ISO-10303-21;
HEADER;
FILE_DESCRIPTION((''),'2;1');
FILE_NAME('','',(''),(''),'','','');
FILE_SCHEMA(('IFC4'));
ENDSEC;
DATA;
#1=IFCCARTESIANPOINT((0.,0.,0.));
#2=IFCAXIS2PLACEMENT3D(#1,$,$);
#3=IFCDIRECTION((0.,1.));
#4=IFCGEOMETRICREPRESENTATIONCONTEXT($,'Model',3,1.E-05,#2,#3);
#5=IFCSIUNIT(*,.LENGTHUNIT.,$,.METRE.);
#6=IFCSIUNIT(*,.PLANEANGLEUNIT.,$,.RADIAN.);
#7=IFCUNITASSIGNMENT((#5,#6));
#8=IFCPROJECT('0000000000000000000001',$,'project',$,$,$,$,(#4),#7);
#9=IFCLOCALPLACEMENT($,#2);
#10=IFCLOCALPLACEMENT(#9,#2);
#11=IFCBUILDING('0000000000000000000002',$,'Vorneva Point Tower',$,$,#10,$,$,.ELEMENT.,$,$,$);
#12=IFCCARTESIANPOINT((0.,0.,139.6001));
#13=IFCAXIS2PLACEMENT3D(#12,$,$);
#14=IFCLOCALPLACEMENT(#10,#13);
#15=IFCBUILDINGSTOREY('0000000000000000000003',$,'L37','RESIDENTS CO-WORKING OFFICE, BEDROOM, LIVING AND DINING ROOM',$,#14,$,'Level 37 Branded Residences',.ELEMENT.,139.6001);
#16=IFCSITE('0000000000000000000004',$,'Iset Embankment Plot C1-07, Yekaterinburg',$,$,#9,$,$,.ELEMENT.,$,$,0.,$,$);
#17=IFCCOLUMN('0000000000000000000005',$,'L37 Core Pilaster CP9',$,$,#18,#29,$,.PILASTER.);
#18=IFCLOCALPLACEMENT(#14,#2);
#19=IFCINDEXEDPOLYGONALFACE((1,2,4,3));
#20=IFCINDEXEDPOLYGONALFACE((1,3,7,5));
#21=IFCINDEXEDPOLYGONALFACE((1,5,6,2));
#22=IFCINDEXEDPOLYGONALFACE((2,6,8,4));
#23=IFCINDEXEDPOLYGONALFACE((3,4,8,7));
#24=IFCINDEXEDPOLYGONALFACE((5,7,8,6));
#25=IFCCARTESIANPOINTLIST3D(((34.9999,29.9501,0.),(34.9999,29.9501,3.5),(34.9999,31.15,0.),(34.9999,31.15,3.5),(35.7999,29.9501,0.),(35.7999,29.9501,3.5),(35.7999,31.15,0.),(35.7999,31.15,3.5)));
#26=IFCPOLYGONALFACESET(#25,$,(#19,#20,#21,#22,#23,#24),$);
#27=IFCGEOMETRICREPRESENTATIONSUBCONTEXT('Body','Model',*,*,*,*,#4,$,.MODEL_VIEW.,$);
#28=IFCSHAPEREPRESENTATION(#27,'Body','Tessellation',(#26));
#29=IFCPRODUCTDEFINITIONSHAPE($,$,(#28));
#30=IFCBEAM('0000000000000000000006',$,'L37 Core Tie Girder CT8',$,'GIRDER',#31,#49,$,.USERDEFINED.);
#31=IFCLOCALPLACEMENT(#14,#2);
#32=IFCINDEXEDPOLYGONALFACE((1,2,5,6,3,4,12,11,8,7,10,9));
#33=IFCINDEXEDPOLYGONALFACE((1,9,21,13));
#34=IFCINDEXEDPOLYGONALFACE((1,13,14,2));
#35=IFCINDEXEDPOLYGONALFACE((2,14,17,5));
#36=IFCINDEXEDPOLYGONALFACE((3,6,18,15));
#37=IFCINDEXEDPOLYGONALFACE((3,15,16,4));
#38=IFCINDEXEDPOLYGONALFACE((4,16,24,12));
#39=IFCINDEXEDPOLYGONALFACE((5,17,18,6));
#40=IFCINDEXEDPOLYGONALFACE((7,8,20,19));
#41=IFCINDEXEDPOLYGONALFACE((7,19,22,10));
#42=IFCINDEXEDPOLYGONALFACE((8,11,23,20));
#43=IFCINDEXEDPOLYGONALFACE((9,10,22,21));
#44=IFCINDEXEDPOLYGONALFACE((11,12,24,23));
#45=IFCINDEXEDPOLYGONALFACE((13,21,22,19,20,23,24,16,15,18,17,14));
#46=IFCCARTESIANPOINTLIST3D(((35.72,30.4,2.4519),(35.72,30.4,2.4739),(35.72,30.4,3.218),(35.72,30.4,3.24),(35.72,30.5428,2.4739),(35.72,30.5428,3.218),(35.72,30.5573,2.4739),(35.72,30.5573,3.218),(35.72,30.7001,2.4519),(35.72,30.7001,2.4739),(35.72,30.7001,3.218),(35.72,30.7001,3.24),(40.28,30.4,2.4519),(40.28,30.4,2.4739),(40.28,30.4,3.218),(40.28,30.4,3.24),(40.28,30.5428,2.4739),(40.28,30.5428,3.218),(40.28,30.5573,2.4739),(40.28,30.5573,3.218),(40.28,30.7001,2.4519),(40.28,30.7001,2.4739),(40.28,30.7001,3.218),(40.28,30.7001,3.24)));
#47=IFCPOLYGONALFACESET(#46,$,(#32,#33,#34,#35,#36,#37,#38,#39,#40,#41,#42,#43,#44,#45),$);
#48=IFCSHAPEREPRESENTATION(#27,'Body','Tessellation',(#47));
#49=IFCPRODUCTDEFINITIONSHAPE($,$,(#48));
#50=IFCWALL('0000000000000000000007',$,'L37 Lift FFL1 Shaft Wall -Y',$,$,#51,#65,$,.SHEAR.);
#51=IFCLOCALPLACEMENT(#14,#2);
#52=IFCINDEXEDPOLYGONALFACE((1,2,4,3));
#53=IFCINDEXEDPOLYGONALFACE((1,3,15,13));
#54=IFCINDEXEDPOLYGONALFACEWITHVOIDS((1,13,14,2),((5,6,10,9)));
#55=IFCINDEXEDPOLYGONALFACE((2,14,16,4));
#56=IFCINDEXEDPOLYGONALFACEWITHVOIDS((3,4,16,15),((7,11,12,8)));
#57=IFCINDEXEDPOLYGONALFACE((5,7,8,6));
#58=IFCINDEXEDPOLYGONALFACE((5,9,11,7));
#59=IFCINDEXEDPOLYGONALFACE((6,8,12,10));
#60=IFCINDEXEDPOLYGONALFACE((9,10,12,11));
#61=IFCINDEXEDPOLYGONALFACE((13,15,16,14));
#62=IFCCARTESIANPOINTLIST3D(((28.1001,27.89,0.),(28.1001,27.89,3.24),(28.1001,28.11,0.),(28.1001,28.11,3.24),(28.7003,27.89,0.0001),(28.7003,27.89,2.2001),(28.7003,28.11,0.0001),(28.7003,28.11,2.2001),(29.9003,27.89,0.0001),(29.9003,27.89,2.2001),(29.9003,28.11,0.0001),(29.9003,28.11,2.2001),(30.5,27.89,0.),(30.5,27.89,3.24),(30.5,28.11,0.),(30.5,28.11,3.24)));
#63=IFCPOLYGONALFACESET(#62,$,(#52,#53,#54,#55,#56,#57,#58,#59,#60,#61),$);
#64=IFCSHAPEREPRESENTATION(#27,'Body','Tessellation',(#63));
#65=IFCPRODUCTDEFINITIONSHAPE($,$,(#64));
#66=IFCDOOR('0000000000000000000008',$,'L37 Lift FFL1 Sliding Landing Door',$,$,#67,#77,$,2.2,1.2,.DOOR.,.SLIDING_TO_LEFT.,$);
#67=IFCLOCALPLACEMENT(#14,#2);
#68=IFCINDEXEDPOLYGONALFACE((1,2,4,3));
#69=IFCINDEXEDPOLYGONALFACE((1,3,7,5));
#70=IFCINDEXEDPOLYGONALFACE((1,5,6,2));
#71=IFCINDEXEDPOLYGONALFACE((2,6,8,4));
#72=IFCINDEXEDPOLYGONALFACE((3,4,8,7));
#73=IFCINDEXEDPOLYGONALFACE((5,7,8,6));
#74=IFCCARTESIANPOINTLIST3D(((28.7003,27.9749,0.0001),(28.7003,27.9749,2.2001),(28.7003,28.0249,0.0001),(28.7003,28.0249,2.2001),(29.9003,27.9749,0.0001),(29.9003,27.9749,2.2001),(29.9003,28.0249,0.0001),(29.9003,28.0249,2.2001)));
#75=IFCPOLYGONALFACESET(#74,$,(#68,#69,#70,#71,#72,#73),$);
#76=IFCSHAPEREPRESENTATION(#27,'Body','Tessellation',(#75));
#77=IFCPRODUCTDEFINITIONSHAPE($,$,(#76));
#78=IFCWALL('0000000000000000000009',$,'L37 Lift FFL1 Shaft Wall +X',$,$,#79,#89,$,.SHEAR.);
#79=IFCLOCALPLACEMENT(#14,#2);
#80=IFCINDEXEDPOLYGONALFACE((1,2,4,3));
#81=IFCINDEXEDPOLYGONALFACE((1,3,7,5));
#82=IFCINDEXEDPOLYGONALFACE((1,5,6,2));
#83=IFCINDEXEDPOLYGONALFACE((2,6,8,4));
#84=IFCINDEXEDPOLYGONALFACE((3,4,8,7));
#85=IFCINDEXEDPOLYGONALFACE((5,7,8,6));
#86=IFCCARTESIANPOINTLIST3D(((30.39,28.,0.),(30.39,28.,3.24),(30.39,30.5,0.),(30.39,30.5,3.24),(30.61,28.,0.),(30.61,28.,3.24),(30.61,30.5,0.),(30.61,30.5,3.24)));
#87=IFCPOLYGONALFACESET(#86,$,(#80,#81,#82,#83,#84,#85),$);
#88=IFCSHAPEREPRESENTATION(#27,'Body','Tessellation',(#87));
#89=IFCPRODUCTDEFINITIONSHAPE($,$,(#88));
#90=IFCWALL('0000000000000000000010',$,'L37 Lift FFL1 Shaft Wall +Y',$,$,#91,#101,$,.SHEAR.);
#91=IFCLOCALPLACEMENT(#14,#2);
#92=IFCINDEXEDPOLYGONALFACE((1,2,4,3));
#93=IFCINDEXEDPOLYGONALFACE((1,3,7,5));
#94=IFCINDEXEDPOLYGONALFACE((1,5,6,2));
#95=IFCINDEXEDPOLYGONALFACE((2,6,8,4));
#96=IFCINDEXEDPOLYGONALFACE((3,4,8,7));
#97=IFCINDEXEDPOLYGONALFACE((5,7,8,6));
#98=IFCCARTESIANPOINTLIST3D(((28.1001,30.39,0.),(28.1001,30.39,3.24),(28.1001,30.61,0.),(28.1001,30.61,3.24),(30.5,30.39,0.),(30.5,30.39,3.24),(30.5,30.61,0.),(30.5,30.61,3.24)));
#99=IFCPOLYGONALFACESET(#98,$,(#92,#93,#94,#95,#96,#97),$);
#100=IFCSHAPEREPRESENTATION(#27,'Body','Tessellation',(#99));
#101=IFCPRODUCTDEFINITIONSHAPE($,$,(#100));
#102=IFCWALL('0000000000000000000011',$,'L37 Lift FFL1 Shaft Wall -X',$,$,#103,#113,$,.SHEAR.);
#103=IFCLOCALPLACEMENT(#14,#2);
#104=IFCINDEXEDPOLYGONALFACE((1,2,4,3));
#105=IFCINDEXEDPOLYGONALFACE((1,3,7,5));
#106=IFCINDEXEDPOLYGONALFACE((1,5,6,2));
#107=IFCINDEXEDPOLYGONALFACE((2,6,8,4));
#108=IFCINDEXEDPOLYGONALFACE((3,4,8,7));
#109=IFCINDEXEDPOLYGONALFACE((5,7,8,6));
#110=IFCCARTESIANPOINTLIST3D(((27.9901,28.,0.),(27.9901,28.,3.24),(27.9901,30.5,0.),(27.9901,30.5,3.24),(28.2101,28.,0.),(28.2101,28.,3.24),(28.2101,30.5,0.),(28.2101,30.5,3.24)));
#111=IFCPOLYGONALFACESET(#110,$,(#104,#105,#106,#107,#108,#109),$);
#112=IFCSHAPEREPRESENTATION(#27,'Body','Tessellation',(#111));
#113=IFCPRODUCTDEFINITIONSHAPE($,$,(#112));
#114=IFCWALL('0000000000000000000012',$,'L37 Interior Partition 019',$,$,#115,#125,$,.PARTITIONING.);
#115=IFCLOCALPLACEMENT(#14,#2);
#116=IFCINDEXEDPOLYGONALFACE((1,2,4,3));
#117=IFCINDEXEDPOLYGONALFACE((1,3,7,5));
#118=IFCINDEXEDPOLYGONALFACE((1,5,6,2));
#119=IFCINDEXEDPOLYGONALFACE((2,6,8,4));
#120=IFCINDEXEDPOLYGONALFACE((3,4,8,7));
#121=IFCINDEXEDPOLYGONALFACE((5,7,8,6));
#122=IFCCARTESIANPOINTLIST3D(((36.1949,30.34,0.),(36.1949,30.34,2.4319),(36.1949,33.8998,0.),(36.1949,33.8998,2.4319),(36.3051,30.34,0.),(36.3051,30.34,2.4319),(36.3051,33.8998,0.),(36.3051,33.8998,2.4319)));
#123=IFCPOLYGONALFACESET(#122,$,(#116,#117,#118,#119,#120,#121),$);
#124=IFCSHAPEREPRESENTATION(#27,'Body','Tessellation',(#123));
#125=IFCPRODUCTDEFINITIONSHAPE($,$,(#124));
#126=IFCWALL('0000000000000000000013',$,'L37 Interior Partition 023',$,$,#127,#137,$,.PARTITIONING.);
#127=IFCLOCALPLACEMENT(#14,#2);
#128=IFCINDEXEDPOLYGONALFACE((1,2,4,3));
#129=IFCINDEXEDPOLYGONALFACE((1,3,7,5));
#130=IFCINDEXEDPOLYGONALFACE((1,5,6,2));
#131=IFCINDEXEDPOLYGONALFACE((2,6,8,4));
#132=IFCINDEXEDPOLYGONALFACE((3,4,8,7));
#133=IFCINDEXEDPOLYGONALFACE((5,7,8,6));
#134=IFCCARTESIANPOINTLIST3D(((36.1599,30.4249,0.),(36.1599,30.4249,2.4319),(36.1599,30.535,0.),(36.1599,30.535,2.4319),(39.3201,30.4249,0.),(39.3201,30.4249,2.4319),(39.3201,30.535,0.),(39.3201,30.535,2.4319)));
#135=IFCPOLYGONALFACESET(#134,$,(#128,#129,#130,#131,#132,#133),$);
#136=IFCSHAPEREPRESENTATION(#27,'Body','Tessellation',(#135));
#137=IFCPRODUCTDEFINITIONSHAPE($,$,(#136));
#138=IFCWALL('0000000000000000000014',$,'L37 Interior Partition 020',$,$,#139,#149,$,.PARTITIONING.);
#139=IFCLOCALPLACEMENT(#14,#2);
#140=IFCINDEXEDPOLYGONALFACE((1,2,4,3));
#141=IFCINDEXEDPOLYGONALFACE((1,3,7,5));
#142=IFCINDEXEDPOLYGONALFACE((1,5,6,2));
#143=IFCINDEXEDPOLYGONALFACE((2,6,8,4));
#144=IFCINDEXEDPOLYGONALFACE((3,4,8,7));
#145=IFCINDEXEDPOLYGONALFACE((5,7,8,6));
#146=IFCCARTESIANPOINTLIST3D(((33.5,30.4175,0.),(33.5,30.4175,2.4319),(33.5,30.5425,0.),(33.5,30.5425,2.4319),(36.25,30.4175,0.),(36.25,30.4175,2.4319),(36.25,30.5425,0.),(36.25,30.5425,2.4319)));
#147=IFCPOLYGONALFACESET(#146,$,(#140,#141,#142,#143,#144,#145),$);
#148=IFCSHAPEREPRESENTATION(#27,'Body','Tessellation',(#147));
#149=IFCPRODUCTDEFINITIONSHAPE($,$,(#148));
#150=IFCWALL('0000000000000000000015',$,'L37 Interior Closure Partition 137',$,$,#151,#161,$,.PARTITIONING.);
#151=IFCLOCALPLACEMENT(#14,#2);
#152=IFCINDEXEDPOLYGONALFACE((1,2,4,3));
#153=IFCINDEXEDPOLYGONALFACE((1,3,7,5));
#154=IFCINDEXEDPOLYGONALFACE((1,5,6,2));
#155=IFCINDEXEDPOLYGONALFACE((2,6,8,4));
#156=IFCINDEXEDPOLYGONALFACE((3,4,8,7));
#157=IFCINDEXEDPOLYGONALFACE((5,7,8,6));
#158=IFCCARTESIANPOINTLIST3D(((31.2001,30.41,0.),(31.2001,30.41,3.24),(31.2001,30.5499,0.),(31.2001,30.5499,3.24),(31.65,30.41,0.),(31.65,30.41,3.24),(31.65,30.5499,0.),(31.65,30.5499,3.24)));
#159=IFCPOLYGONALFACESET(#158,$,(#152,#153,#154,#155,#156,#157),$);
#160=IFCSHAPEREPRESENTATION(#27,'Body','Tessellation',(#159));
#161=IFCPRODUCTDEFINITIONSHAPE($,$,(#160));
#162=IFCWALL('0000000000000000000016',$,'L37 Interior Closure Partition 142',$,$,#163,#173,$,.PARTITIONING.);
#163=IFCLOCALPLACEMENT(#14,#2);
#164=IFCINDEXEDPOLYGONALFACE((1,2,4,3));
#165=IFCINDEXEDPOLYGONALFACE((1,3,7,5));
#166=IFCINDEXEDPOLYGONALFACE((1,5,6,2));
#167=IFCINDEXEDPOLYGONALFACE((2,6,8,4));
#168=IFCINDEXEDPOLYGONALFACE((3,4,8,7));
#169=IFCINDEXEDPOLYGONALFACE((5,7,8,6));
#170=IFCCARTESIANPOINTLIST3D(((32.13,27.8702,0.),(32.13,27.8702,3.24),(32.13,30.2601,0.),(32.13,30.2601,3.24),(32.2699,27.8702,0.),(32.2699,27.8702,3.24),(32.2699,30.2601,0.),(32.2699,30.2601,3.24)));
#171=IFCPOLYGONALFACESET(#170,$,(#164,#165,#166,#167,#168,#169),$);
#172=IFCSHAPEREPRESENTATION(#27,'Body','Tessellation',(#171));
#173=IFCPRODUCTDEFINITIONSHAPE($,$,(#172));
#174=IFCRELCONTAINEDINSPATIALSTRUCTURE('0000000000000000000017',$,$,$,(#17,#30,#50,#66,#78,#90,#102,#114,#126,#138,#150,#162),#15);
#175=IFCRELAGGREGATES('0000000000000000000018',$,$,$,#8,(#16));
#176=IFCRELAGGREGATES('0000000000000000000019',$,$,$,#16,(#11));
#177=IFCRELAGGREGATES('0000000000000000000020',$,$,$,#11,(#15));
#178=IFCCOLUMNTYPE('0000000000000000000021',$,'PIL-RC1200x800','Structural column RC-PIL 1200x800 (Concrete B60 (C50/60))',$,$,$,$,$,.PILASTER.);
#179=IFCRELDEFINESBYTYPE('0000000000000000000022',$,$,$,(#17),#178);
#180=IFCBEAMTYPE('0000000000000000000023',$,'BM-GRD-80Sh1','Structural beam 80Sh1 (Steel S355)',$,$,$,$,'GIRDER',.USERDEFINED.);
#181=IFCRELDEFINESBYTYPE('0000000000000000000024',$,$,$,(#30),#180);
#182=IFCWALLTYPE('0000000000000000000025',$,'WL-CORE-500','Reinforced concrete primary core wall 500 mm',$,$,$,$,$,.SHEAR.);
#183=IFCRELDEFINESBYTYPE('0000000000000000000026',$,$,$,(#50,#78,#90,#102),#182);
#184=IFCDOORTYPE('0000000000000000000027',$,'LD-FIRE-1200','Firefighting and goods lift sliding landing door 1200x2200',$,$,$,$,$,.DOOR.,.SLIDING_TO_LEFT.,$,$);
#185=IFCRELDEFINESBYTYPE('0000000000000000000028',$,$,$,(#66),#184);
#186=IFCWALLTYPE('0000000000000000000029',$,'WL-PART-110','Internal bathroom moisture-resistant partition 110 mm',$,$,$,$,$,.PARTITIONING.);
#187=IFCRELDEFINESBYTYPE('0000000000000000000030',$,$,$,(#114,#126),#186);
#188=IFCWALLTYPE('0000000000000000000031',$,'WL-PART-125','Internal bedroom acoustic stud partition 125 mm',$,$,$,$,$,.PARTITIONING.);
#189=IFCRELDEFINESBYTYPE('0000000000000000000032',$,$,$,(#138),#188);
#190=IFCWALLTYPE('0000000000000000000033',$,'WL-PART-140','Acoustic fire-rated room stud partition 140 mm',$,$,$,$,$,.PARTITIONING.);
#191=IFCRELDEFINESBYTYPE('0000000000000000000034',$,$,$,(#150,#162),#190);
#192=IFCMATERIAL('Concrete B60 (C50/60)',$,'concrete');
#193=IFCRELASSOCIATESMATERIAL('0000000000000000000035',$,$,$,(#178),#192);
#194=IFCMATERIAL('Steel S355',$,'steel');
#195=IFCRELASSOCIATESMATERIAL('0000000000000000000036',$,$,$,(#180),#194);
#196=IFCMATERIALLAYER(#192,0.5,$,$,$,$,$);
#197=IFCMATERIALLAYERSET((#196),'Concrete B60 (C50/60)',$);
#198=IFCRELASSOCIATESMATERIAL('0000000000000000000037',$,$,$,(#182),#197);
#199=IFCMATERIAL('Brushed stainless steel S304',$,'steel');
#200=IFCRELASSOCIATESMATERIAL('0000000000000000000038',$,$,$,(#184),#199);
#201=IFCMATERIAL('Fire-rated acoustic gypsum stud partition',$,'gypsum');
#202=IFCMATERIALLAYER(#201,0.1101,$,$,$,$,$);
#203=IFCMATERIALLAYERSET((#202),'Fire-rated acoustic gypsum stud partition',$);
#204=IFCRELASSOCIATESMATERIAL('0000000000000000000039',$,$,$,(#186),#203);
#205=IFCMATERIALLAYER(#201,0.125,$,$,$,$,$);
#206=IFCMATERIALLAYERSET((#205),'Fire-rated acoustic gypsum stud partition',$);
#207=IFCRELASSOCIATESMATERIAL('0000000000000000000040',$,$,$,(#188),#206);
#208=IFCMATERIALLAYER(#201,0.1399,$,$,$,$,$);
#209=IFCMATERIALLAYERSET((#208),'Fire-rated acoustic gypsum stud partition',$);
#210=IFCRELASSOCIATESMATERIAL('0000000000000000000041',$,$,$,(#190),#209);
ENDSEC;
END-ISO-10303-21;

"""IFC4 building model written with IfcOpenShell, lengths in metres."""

from ifc_helpers import new_model, si_unit, direction, frame, frame_2d, origin, origin_2d, place, context, subcontext, project, spatial, rectangle, i_section, extrude, material, layer, layer_set, material_profile, profile_set, type_object, element, fill, save


model = new_model("IFC4")

# Units and contexts
model_context = context("Model", 3, precision=1e-05, world=origin(), true_north=direction((0.0, 1.0)))
body_context = subcontext(model_context, "Body", "Model", "MODEL_VIEW")
ifc_project = project(units=[si_unit("LENGTHUNIT", "METRE"), si_unit("PLANEANGLEUNIT", "RADIAN")], contexts=[model_context])

# Site, building, storey
site_placement = place(None, origin())
site = spatial("IfcSite", under=ifc_project, at=site_placement, Name="Iset Embankment Plot C1-07, Yekaterinburg", CompositionType="ELEMENT", RefElevation=0.0)
building_placement = place(site_placement, origin())
building = spatial("IfcBuilding", under=site, at=building_placement, Name="Vorneva Point Tower", CompositionType="ELEMENT")
storey_placement = place(building_placement, frame((0.0, 0.0, 139.6001)))
storey = spatial("IfcBuildingStorey", under=building, at=storey_placement, Name="L37", Description="RESIDENTS CO-WORKING OFFICE, BEDROOM, LIVING AND DINING ROOM", LongName="Level 37 Branded Residences", CompositionType="ELEMENT", Elevation=139.6001)

# Column
ifc_material_1 = material(Name="Concrete B60 (C50/60)", Category="concrete")
ifc_material_profile_1 = material_profile(ifc_material_1, rectangle(XDim=0.8, YDim=1.2, at=origin_2d()), Name="RC-PIL 1200x800")
ifc_profile_set_1 = profile_set([ifc_material_profile_1], Name="Concrete B60 (C50/60)")
column_type = type_object("IfcColumnType", Name="PIL-RC1200x800", Description="Structural column RC-PIL 1200x800 (Concrete B60 (C50/60))", PredefinedType="PILASTER", material=ifc_profile_set_1)
column_placement = place(storey_placement, frame((35.3999, 30.55, 0.0), z_axis=(0.0, 0.0, 1.0), x_axis=(1.0, 0.0, 0.0)))
element("IfcColumn", 1, at=column_placement, inside=storey, type_object=column_type, Name="L37 Core Pilaster CP9", PredefinedType="PILASTER", context=body_context, shape_type="SweptSolid", body=[
    extrude(rectangle(XDim=0.8, YDim=1.2, at=origin_2d()), origin(), (0.0, 0.0, 1.0), 3.5),
])

# Beam
ifc_material_2 = material(Name="Steel S355", Category="steel")
ifc_material_profile_2 = material_profile(ifc_material_2, i_section(OverallWidth=0.3, OverallDepth=0.7881, WebThickness=0.0144, FlangeThickness=0.022, at=origin_2d()), Name="80Sh1")
ifc_profile_set_2 = profile_set([ifc_material_profile_2], Name="Steel S355")
beam_type = type_object("IfcBeamType", Name="BM-GRD-80Sh1", Description="Structural beam 80Sh1 (Steel S355)", ElementType="GIRDER", PredefinedType="USERDEFINED", material=ifc_profile_set_2)
beam_placement = place(storey_placement, frame((35.72, 30.55, 2.8459), z_axis=(1.0, 0.0, 0.0), x_axis=(0.0, 1.0, 0.0)))
element("IfcBeam", 2, at=beam_placement, inside=storey, type_object=beam_type, Name="L37 Core Tie Girder CT8", ObjectType="GIRDER", PredefinedType="USERDEFINED", context=body_context, shape_type="SweptSolid", body=[
    extrude(i_section(OverallWidth=0.3, OverallDepth=0.7881, WebThickness=0.0144, FlangeThickness=0.022, at=origin_2d()), origin(), (0.0, 0.0, 1.0), 4.5601),
])

# Wall, opening, door
ifc_layer_1 = layer(ifc_material_1, 0.5)
ifc_layer_set_1 = layer_set([ifc_layer_1], Name="Concrete B60 (C50/60)")
wall_type_1 = type_object("IfcWallType", Name="WL-CORE-500", Description="Reinforced concrete primary core wall 500 mm", PredefinedType="SHEAR", material=ifc_layer_set_1)
wall_1_placement = place(storey_placement, frame((28.1001, 28.0, 0.0), z_axis=(0.0, 0.0, 1.0), x_axis=(1.0, 0.0, 0.0)))
wall_1 = element("IfcWall", 3, at=wall_1_placement, inside=storey, type_object=wall_type_1, Name="L37 Lift FFL1 Shaft Wall -Y", PredefinedType="SHEAR", context=body_context, shape_type="SweptSolid", body=[
    extrude(rectangle(XDim=2.3999, YDim=0.22, at=frame_2d((1.2, 0.0))), origin(), (0.0, 0.0, 1.0), 3.24),
])
opening_1_placement = place(wall_1_placement, frame((0.6001, 0.0, 0.0)))
opening_1 = element("IfcOpeningElement", 4, at=opening_1_placement, cuts=wall_1, PredefinedType="OPENING", context=body_context, shape_type="SweptSolid", body=[
    extrude(rectangle(XDim=1.2, YDim=2.2, at=frame_2d((0.6001, 1.1001))), frame((0.0, 0.125, 0.0), z_axis=(0.0, -1.0, 0.0), x_axis=(1.0, 0.0, 0.0)), (0.0, 0.0, 1.0), 0.2498),
])
ifc_material_3 = material(Name="Brushed stainless steel S304", Category="steel")
door_type_1 = type_object("IfcDoorType", Name="LD-FIRE-1200", Description="Firefighting and goods lift sliding landing door 1200x2200", OperationType="SLIDING_TO_LEFT", PredefinedType="DOOR", material=ifc_material_3)
door_1_placement = place(opening_1_placement, origin())
door_1 = element("IfcDoor", 5, at=door_1_placement, inside=storey, type_object=door_type_1, Name="L37 Lift FFL1 Sliding Landing Door", OperationType="SLIDING_TO_LEFT", OverallHeight=2.2, OverallWidth=1.2, PredefinedType="DOOR", context=body_context, shape_type="SweptSolid", body=[
    extrude(rectangle(XDim=1.2, YDim=2.2, at=frame_2d((0.6001, 1.1001))), frame((0.0, 0.0249, 0.0), z_axis=(0.0, -1.0, 0.0), x_axis=(1.0, 0.0, 0.0)), (0.0, 0.0, 1.0), 0.05),
])
fill(opening_1, door_1)

# Walls
wall_2_placement = place(storey_placement, frame((30.5, 28.0, 0.0), z_axis=(0.0, 0.0, 1.0), x_axis=(0.0, 1.0, 0.0)))
element("IfcWall", 6, at=wall_2_placement, inside=storey, type_object=wall_type_1, Name="L37 Lift FFL1 Shaft Wall +X", PredefinedType="SHEAR", context=body_context, shape_type="SweptSolid", body=[
    extrude(rectangle(XDim=2.5, YDim=0.22, at=frame_2d((1.25, 0.0))), origin(), (0.0, 0.0, 1.0), 3.24),
])
wall_3_placement = place(storey_placement, frame((30.5, 30.5, 0.0), z_axis=(0.0, 0.0, 1.0), x_axis=(-1.0, 0.0, 0.0)))
element("IfcWall", 7, at=wall_3_placement, inside=storey, type_object=wall_type_1, Name="L37 Lift FFL1 Shaft Wall +Y", PredefinedType="SHEAR", context=body_context, shape_type="SweptSolid", body=[
    extrude(rectangle(XDim=2.3999, YDim=0.22, at=frame_2d((1.2, 0.0))), origin(), (0.0, 0.0, 1.0), 3.24),
])
wall_4_placement = place(storey_placement, frame((28.1001, 30.5, 0.0), z_axis=(0.0, 0.0, 1.0), x_axis=(0.0, -1.0, 0.0)))
element("IfcWall", 8, at=wall_4_placement, inside=storey, type_object=wall_type_1, Name="L37 Lift FFL1 Shaft Wall -X", PredefinedType="SHEAR", context=body_context, shape_type="SweptSolid", body=[
    extrude(rectangle(XDim=2.5, YDim=0.22, at=frame_2d((1.25, 0.0))), origin(), (0.0, 0.0, 1.0), 3.24),
])
ifc_material_4 = material(Name="Fire-rated acoustic gypsum stud partition", Category="gypsum")
ifc_layer_2 = layer(ifc_material_4, 0.1101)
ifc_layer_set_2 = layer_set([ifc_layer_2], Name="Fire-rated acoustic gypsum stud partition")
wall_type_2 = type_object("IfcWallType", Name="WL-PART-110", Description="Internal bathroom moisture-resistant partition 110 mm", PredefinedType="PARTITIONING", material=ifc_layer_set_2)
wall_5_placement = place(storey_placement, frame((36.25, 30.3401, 0.0), z_axis=(0.0, 0.0, 1.0), x_axis=(0.0, 1.0, 0.0)))
element("IfcWall", 9, at=wall_5_placement, inside=storey, type_object=wall_type_2, Name="L37 Interior Partition 019", PredefinedType="PARTITIONING", context=body_context, shape_type="SweptSolid", body=[
    extrude(rectangle(XDim=3.5598, YDim=0.1101, at=frame_2d((1.7798, 0.0))), origin(), (0.0, 0.0, 1.0), 2.4319),
])
wall_6_placement = place(storey_placement, frame((36.1599, 30.48, 0.0), z_axis=(0.0, 0.0, 1.0), x_axis=(1.0, 0.0, 0.0)))
element("IfcWall", 10, at=wall_6_placement, inside=storey, type_object=wall_type_2, Name="L37 Interior Partition 023", PredefinedType="PARTITIONING", context=body_context, shape_type="SweptSolid", body=[
    extrude(rectangle(XDim=3.1602, YDim=0.1101, at=frame_2d((1.5801, 0.0))), origin(), (0.0, 0.0, 1.0), 2.4319),
])
ifc_layer_3 = layer(ifc_material_4, 0.125)
ifc_layer_set_3 = layer_set([ifc_layer_3], Name="Fire-rated acoustic gypsum stud partition")
wall_type_3 = type_object("IfcWallType", Name="WL-PART-125", Description="Internal bedroom acoustic stud partition 125 mm", PredefinedType="PARTITIONING", material=ifc_layer_set_3)
wall_7_placement = place(storey_placement, frame((33.5, 30.48, 0.0), z_axis=(0.0, 0.0, 1.0), x_axis=(1.0, 0.0, 0.0)))
element("IfcWall", 11, at=wall_7_placement, inside=storey, type_object=wall_type_3, Name="L37 Interior Partition 020", PredefinedType="PARTITIONING", context=body_context, shape_type="SweptSolid", body=[
    extrude(rectangle(XDim=2.75, YDim=0.125, at=frame_2d((1.375, 0.0))), origin(), (0.0, 0.0, 1.0), 2.4319),
])
ifc_layer_4 = layer(ifc_material_4, 0.1399)
ifc_layer_set_4 = layer_set([ifc_layer_4], Name="Fire-rated acoustic gypsum stud partition")
wall_type_4 = type_object("IfcWallType", Name="WL-PART-140", Description="Acoustic fire-rated room stud partition 140 mm", PredefinedType="PARTITIONING", material=ifc_layer_set_4)
wall_8_placement = place(storey_placement, frame((31.2, 30.48, 0.0), z_axis=(0.0, 0.0, 1.0), x_axis=(1.0, 0.0, 0.0)))
element("IfcWall", 12, at=wall_8_placement, inside=storey, type_object=wall_type_4, Name="L37 Interior Closure Partition 137", PredefinedType="PARTITIONING", context=body_context, shape_type="SweptSolid", body=[
    extrude(rectangle(XDim=0.45, YDim=0.1399, at=frame_2d((0.2251, 0.0))), origin(), (0.0, 0.0, 1.0), 3.24),
])
wall_9_placement = place(storey_placement, frame((32.2, 30.26, 0.0), z_axis=(0.0, 0.0, 1.0), x_axis=(0.0, -1.0, 0.0)))
element("IfcWall", 13, at=wall_9_placement, inside=storey, type_object=wall_type_4, Name="L37 Interior Closure Partition 142", PredefinedType="PARTITIONING", context=body_context, shape_type="SweptSolid", body=[
    extrude(rectangle(XDim=2.3899, YDim=0.1399, at=frame_2d((1.1948, 0.0))), origin(), (0.0, 0.0, 1.0), 3.24),
])

save(model, "model.ifc")
